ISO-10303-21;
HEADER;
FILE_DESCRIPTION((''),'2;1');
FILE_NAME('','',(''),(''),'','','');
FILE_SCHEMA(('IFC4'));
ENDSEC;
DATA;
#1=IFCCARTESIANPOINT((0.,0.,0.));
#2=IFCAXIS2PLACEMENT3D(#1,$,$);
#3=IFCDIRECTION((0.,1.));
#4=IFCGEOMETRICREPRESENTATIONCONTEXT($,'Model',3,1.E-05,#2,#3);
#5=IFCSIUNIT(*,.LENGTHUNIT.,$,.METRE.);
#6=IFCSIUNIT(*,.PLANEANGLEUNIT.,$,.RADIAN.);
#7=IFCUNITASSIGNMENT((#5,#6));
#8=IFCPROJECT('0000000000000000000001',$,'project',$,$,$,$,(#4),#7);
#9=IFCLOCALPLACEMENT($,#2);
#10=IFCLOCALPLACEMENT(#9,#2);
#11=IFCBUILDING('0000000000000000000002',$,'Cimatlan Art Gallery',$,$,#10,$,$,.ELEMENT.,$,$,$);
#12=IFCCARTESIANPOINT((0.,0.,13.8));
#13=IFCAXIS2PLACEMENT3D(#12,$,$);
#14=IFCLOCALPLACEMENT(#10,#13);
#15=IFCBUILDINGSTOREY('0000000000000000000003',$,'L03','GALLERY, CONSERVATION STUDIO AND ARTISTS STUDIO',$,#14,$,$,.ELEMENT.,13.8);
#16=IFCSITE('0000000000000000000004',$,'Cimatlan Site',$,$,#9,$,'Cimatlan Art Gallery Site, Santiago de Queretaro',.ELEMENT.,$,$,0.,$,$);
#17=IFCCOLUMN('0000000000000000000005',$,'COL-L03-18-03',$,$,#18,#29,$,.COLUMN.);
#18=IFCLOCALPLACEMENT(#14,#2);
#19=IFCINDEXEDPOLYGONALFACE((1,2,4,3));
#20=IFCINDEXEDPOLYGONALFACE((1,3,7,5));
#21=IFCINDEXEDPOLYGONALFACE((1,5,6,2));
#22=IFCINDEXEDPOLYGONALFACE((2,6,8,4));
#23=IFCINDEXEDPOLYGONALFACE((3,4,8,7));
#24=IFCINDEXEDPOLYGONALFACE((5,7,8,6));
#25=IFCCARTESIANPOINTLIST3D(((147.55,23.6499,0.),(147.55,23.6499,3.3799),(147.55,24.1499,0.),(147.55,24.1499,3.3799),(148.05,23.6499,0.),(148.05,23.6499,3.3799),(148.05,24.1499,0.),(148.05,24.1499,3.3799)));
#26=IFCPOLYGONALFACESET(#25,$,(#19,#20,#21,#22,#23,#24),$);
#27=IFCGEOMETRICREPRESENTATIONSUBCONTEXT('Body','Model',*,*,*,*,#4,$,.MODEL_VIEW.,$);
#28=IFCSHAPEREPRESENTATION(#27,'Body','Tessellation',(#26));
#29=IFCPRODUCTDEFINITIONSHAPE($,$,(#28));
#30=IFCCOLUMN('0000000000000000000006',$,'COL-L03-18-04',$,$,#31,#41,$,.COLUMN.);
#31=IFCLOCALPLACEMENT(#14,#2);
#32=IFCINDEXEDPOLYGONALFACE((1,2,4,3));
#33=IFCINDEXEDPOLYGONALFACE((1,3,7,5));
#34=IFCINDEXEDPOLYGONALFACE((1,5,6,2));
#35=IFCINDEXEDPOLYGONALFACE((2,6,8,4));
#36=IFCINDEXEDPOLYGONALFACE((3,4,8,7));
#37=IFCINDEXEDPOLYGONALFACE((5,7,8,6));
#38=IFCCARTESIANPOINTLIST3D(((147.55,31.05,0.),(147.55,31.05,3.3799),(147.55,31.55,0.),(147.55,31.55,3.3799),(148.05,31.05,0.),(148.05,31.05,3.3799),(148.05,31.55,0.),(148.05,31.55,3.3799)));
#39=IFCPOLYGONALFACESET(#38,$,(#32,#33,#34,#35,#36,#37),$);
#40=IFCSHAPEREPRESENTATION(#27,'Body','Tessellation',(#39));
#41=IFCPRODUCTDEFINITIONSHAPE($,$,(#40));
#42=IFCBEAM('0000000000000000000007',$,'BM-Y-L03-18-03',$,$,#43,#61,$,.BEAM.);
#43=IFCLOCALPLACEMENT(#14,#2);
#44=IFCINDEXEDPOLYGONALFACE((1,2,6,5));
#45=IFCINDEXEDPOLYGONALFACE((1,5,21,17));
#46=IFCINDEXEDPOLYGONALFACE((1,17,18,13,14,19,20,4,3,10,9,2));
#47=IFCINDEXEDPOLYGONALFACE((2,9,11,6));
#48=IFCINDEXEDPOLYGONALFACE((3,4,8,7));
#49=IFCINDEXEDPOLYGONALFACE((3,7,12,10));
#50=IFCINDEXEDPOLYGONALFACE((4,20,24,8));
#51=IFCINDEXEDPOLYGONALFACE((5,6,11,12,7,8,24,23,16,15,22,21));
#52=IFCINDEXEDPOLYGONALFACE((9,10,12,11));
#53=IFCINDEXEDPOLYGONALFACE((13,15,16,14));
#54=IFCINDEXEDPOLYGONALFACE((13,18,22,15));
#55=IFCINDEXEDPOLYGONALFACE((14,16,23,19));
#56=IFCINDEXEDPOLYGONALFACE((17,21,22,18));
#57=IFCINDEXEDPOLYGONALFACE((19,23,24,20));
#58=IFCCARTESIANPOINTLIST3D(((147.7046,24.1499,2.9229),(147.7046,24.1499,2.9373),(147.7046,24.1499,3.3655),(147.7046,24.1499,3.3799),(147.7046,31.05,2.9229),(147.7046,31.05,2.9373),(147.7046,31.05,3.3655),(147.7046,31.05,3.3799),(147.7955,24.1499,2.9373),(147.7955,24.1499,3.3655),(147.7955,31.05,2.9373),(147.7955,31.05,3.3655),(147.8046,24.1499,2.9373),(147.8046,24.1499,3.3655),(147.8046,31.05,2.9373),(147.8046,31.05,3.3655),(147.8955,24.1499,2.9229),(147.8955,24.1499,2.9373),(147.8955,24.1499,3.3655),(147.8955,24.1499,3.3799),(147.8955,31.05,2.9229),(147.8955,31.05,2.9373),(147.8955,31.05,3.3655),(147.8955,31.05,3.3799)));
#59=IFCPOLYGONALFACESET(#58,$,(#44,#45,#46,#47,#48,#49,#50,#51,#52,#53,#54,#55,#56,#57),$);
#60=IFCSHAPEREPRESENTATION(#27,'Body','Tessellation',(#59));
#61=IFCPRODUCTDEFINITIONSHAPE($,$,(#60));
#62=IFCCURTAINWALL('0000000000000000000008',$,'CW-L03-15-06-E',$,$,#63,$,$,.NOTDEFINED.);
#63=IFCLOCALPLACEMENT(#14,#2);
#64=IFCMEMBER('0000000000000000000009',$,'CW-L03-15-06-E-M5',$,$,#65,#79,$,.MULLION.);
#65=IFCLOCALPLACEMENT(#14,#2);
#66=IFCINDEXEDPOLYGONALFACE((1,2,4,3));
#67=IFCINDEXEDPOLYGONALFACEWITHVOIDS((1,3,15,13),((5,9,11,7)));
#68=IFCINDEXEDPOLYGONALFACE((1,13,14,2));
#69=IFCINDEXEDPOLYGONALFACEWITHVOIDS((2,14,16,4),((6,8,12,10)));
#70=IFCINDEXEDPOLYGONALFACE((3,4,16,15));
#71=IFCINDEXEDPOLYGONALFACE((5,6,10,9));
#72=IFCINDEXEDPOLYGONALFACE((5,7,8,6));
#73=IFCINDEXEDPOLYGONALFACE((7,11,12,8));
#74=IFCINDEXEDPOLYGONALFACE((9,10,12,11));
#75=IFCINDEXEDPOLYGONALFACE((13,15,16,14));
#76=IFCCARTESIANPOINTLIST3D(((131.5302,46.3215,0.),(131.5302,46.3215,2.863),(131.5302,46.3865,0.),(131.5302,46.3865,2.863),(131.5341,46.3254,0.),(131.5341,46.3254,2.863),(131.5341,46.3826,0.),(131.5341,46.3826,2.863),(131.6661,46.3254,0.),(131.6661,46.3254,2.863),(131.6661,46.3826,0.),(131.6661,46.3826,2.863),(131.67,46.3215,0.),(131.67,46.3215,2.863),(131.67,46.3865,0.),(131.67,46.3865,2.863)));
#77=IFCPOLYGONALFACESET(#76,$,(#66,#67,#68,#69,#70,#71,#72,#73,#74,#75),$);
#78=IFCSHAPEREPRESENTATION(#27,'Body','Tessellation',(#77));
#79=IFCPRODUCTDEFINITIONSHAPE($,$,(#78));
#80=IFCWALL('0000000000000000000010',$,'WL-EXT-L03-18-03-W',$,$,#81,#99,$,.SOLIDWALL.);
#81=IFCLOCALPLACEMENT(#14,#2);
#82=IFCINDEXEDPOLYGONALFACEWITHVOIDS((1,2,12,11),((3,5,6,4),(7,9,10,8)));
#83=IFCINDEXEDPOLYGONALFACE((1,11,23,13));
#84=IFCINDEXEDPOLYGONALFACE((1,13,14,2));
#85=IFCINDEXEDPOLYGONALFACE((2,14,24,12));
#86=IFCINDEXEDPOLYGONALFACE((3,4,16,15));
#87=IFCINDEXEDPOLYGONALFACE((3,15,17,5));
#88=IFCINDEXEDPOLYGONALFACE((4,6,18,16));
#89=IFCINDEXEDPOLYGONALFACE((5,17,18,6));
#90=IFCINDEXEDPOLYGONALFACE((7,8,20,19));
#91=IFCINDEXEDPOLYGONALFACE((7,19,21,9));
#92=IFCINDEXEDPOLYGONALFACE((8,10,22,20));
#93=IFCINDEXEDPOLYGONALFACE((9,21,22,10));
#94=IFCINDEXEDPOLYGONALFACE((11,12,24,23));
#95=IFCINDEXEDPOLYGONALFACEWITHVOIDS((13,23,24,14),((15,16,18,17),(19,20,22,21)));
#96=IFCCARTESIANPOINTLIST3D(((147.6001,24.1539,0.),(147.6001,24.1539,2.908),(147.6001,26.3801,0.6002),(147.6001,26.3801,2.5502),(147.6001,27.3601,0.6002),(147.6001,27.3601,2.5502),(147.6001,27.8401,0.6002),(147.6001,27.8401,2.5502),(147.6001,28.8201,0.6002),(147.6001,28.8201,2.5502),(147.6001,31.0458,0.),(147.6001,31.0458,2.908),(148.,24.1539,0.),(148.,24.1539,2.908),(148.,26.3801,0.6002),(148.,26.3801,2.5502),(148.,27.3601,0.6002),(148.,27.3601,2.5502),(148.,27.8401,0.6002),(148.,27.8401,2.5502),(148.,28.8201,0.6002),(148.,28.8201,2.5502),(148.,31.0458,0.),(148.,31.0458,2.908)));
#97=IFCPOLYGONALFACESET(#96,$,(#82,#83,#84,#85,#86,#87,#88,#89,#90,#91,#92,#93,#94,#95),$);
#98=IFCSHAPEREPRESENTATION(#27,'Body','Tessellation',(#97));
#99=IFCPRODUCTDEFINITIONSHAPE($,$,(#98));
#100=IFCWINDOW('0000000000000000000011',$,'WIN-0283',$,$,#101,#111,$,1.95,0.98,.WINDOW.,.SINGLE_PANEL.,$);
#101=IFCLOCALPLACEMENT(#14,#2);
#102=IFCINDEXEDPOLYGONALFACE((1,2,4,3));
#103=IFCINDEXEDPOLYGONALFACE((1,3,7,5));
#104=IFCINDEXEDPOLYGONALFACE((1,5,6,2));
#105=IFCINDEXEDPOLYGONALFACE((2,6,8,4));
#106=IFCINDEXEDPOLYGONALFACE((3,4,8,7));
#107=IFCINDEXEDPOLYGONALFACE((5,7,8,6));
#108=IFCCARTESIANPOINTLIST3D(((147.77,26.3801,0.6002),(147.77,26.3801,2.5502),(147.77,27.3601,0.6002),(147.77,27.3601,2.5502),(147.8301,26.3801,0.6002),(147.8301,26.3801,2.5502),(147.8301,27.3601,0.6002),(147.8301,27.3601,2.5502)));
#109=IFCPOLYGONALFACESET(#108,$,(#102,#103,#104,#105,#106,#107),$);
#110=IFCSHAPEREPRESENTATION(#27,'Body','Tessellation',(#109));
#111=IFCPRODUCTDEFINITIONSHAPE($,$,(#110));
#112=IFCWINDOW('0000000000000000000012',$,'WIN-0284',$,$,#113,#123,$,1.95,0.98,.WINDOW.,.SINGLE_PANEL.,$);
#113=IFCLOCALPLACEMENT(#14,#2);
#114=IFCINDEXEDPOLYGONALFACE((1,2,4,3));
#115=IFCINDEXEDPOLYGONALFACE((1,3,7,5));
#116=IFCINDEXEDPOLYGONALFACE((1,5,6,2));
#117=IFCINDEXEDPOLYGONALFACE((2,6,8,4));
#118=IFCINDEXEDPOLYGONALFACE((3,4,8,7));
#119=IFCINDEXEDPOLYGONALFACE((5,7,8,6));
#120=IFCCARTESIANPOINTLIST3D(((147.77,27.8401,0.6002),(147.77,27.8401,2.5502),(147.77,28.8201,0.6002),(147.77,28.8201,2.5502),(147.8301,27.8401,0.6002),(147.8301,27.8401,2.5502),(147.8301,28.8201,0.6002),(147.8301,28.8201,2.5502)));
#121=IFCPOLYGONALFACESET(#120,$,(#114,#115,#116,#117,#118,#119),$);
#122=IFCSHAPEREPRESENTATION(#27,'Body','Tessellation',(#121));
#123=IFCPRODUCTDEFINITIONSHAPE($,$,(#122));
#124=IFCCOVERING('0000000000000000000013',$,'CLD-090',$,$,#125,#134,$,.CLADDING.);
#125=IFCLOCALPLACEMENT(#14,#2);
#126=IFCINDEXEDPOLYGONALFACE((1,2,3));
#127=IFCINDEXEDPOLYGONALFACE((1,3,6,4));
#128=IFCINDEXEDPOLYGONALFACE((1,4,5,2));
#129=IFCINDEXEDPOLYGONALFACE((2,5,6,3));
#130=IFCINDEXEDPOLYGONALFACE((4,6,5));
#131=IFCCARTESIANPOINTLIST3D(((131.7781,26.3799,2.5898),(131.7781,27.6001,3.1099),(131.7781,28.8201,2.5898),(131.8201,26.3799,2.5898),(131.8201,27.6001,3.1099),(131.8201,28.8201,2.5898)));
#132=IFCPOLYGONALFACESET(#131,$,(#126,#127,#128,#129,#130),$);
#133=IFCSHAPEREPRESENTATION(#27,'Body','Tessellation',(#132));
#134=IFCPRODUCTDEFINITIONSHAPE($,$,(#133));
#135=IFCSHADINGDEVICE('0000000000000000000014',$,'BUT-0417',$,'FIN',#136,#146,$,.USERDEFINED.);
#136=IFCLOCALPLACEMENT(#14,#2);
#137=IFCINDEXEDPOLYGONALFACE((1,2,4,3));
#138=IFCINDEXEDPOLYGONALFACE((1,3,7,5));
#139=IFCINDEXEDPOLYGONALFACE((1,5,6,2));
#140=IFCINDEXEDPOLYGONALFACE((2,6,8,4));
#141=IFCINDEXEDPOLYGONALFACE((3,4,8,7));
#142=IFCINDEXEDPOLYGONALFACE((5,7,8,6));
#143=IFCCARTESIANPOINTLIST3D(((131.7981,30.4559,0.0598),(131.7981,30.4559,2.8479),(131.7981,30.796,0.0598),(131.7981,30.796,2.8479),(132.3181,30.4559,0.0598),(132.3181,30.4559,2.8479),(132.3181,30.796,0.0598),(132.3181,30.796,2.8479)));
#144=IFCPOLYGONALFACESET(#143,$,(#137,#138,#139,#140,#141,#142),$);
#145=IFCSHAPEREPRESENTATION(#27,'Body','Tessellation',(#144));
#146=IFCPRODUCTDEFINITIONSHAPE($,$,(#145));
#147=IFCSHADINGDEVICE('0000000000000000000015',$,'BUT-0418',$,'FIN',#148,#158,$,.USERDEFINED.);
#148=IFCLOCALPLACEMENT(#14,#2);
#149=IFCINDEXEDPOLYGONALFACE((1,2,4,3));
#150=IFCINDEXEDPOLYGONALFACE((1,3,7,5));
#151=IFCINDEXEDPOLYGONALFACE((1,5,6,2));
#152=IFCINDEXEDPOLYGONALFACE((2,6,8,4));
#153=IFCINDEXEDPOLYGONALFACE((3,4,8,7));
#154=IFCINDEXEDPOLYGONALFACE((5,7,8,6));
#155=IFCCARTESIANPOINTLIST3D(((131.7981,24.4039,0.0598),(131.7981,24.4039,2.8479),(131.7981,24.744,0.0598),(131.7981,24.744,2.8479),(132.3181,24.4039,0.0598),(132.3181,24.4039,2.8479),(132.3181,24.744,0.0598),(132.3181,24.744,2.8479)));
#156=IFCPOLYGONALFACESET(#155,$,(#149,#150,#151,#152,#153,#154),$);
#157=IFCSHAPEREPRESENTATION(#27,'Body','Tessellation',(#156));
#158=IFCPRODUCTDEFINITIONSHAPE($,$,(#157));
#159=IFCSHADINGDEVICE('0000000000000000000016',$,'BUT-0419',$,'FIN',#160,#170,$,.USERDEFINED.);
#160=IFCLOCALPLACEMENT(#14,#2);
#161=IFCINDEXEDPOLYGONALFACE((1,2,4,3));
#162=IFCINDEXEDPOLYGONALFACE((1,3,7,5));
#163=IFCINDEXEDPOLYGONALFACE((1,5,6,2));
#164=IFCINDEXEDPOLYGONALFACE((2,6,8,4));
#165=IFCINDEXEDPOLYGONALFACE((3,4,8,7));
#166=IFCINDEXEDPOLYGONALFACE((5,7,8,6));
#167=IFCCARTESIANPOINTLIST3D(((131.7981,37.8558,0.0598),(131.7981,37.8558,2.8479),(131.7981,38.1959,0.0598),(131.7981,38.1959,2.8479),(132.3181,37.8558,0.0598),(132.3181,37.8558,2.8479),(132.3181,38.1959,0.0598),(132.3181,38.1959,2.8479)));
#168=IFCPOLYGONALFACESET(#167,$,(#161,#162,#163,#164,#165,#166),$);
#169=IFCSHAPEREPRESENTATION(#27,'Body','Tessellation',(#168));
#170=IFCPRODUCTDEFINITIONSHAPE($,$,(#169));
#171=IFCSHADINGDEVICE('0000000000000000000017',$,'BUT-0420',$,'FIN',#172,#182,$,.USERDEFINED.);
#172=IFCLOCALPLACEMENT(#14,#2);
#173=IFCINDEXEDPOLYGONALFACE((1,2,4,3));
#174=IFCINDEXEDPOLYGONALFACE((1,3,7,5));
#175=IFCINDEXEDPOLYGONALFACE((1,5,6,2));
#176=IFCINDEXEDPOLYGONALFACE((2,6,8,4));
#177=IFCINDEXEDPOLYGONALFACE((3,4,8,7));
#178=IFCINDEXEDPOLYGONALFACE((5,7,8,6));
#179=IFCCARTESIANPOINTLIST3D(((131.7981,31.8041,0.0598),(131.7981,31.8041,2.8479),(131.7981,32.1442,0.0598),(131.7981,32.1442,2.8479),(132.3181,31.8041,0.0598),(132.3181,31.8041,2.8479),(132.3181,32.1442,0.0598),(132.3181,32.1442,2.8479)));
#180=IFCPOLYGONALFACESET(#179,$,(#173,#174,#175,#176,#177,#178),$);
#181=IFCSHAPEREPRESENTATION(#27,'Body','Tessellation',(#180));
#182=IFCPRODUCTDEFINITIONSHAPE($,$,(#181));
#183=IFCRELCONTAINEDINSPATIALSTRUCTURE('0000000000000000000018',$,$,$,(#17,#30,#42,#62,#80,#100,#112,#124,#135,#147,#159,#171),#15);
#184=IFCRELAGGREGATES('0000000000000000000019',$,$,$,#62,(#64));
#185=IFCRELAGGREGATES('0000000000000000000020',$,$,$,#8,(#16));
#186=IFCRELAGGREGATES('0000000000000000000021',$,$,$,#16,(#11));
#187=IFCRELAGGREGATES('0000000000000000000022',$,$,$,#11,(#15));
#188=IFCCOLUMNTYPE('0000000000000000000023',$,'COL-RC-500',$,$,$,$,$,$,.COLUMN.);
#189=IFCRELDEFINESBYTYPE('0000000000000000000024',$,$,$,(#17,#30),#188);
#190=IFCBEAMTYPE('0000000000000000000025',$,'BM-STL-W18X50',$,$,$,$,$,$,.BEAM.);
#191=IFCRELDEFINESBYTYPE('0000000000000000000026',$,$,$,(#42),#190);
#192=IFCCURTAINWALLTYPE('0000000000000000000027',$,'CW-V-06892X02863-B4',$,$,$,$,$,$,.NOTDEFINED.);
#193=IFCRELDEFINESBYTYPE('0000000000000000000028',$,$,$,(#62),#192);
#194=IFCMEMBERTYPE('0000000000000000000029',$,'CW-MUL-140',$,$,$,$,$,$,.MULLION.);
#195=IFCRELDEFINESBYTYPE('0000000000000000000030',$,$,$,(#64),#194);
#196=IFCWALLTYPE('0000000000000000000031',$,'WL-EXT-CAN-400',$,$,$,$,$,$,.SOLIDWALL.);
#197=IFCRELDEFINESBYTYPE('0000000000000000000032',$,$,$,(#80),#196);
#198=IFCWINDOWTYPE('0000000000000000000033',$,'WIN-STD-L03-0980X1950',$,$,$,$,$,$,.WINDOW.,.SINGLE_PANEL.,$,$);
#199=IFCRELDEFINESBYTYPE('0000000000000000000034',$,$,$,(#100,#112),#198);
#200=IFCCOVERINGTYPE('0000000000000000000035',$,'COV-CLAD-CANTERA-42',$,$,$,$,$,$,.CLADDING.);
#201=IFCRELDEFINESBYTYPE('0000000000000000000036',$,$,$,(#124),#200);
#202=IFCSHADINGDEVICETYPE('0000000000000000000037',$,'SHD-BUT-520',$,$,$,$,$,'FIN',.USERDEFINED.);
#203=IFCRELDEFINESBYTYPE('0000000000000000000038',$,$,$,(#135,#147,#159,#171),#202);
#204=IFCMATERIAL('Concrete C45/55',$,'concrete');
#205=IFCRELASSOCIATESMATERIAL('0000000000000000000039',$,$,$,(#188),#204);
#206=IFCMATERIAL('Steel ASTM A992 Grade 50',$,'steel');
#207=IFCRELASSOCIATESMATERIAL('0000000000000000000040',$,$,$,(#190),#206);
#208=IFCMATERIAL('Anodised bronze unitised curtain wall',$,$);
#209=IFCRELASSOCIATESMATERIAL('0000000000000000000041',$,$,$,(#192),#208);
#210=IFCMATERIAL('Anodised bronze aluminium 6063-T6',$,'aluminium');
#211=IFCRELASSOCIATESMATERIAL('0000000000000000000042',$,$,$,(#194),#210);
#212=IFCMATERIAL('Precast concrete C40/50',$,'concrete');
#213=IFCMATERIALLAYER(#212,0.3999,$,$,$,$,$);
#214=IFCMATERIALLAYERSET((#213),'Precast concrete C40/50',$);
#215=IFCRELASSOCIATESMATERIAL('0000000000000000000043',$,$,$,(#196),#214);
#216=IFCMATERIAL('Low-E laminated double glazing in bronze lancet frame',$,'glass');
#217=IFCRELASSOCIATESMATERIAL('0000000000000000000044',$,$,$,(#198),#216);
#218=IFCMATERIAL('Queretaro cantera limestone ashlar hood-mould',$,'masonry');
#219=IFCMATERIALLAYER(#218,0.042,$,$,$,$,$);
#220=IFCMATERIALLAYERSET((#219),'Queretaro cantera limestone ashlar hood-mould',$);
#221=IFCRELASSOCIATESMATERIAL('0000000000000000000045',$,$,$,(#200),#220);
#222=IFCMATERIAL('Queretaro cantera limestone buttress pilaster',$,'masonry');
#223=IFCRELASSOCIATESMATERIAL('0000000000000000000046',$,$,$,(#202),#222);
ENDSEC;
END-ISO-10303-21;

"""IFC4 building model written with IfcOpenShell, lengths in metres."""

from ifc_helpers import new_model, si_unit, direction, frame, frame_2d, origin, origin_2d, place, context, subcontext, project, spatial, polyline, rectangle, hollow_rectangle, i_section, outline, extrude, material, layer, layer_set, material_profile, profile_set, type_object, element, fill, aggregate, save


model = new_model("IFC4")

# Units and contexts
model_context = context("Model", 3, precision=1e-05, world=origin(), true_north=direction((0.0, 1.0)))
body_context = subcontext(model_context, "Body", "Model", "MODEL_VIEW")
ifc_project = project(units=[si_unit("LENGTHUNIT", "METRE"), si_unit("PLANEANGLEUNIT", "RADIAN")], contexts=[model_context])

# Site, building, storey
site_placement = place(None, origin())
site = spatial("IfcSite", under=ifc_project, at=site_placement, Name="Cimatlan Site", LongName="Cimatlan Art Gallery Site, Santiago de Queretaro", CompositionType="ELEMENT", RefElevation=0.0)
building_placement = place(site_placement, origin())
building = spatial("IfcBuilding", under=site, at=building_placement, Name="Cimatlan Art Gallery", CompositionType="ELEMENT")
storey_placement = place(building_placement, frame((0.0, 0.0, 13.8)))
storey = spatial("IfcBuildingStorey", under=building, at=storey_placement, Name="L03", Description="GALLERY, CONSERVATION STUDIO AND ARTISTS STUDIO", CompositionType="ELEMENT", Elevation=13.8)

# Columns
ifc_material_1 = material(Name="Concrete C45/55", Category="concrete")
ifc_material_profile_1 = material_profile(ifc_material_1, rectangle(XDim=0.5, YDim=0.5, at=origin_2d()), Name="RC500X500")
ifc_profile_set_1 = profile_set([ifc_material_profile_1], Name="Concrete C45/55")
column_type = type_object("IfcColumnType", Name="COL-RC-500", PredefinedType="COLUMN", material=ifc_profile_set_1)
for number, where, z_axis, x_axis, name in (
    (1, (147.8, 23.8999, 0.0), (0.0, 0.0, 1.0), (1.0, 0.0, 0.0), "COL-L03-18-03"),
    (2, (147.8, 31.3, 0.0), (0.0, 0.0, 1.0), (1.0, 0.0, 0.0), "COL-L03-18-04"),
):
    element("IfcColumn", number, at=place(storey_placement, frame(where, z_axis=z_axis, x_axis=x_axis)), inside=storey, type_object=column_type, Name=name, PredefinedType="COLUMN", context=body_context, shape_type="SweptSolid", body=[
        extrude(rectangle(XDim=0.5, YDim=0.5, at=origin_2d()), origin(), (0.0, 0.0, 1.0), 3.3799),
    ])

# Beam
ifc_material_2 = material(Name="Steel ASTM A992 Grade 50", Category="steel")
ifc_material_profile_2 = material_profile(ifc_material_2, i_section(OverallWidth=0.1909, OverallDepth=0.457, WebThickness=0.009, FlangeThickness=0.0144, at=origin_2d()), Name="W18X50")
ifc_profile_set_2 = profile_set([ifc_material_profile_2], Name="Steel ASTM A992 Grade 50")
beam_type = type_object("IfcBeamType", Name="BM-STL-W18X50", PredefinedType="BEAM", material=ifc_profile_set_2)
beam_placement = place(storey_placement, frame((147.8, 24.1499, 3.1514), z_axis=(0.0, 1.0, 0.0), x_axis=(-1.0, 0.0, 0.0)))
element("IfcBeam", 3, at=beam_placement, inside=storey, type_object=beam_type, Name="BM-Y-L03-18-03", PredefinedType="BEAM", context=body_context, shape_type="SweptSolid", body=[
    extrude(i_section(OverallWidth=0.1909, OverallDepth=0.457, WebThickness=0.009, FlangeThickness=0.0144, at=origin_2d()), origin(), (0.0, 0.0, 1.0), 6.9001),
])

# Curtain wall, member
ifc_material_3 = material(Name="Anodised bronze unitised curtain wall")
curtain_wall_type = type_object("IfcCurtainWallType", Name="CW-V-06892X02863-B4", PredefinedType="NOTDEFINED", material=ifc_material_3)
curtain_wall_placement = place(storey_placement, origin())
curtain_wall = element("IfcCurtainWall", 4, at=curtain_wall_placement, inside=storey, type_object=curtain_wall_type, Name="CW-L03-15-06-E", PredefinedType="NOTDEFINED")
ifc_material_4 = material(Name="Anodised bronze aluminium 6063-T6", Category="aluminium")
ifc_material_profile_3 = material_profile(ifc_material_4, hollow_rectangle(XDim=0.0649, YDim=0.1399, WallThickness=0.0039, at=origin_2d()), Name="ALU65X140X4")
ifc_profile_set_3 = profile_set([ifc_material_profile_3], Name="Anodised bronze aluminium 6063-T6")
member_type = type_object("IfcMemberType", Name="CW-MUL-140", PredefinedType="MULLION", material=ifc_profile_set_3)
member_placement = place(storey_placement, frame((131.6001, 46.354, 0.0), z_axis=(0.0, 0.0, 1.0), x_axis=(0.0, 1.0, 0.0)))
member = element("IfcMember", 5, at=member_placement, type_object=member_type, Name="CW-L03-15-06-E-M5", PredefinedType="MULLION", context=body_context, shape_type="SweptSolid", body=[
    extrude(hollow_rectangle(XDim=0.0649, YDim=0.1399, WallThickness=0.0039, at=origin_2d()), origin(), (0.0, 0.0, 1.0), 2.863),
])
aggregate(curtain_wall, [member])

# Wall, openings, windows
ifc_material_5 = material(Name="Precast concrete C40/50", Category="concrete")
ifc_layer_1 = layer(ifc_material_5, 0.3999)
ifc_layer_set_1 = layer_set([ifc_layer_1], Name="Precast concrete C40/50")
wall_type = type_object("IfcWallType", Name="WL-EXT-CAN-400", PredefinedType="SOLIDWALL", material=ifc_layer_set_1)
wall_placement = place(storey_placement, frame((147.8, 24.1541, 0.0), z_axis=(0.0, 0.0, 1.0), x_axis=(0.0, 1.0, 0.0)))
wall = element("IfcWall", 6, at=wall_placement, inside=storey, type_object=wall_type, Name="WL-EXT-L03-18-03-W", PredefinedType="SOLIDWALL", context=body_context, shape_type="SweptSolid", body=[
    extrude(rectangle(XDim=6.8918, YDim=0.3999, at=frame_2d((3.4458, 0.0))), origin(), (0.0, 0.0, 1.0), 2.908),
])
opening_1_placement = place(wall_placement, frame((2.2261, 0.0, 0.6001)))
opening_1 = element("IfcOpeningElement", 7, at=opening_1_placement, cuts=wall, PredefinedType="OPENING", context=body_context, shape_type="SweptSolid", body=[
    extrude(rectangle(XDim=0.98, YDim=1.95, at=frame_2d((0.49, 0.9751))), frame((0.0, 0.21, 0.0), z_axis=(0.0, -1.0, 0.0), x_axis=(1.0, 0.0, 0.0)), (0.0, 0.0, 1.0), 0.4199),
])
opening_2_placement = place(wall_placement, frame((3.686, 0.0, 0.6001)))
opening_2 = element("IfcOpeningElement", 8, at=opening_2_placement, cuts=wall, PredefinedType="OPENING", context=body_context, shape_type="SweptSolid", body=[
    extrude(rectangle(XDim=0.98, YDim=1.95, at=frame_2d((0.49, 0.9751))), frame((0.0, 0.21, 0.0), z_axis=(0.0, -1.0, 0.0), x_axis=(1.0, 0.0, 0.0)), (0.0, 0.0, 1.0), 0.4199),
])
ifc_material_6 = material(Name="Low-E laminated double glazing in bronze lancet frame", Category="glass")
window_type = type_object("IfcWindowType", Name="WIN-STD-L03-0980X1950", PartitioningType="SINGLE_PANEL", PredefinedType="WINDOW", material=ifc_material_6)
window_1_placement = place(opening_1_placement, origin())
window_1 = element("IfcWindow", 9, at=window_1_placement, inside=storey, type_object=window_type, Name="WIN-0283", OverallHeight=1.95, OverallWidth=0.98, PartitioningType="SINGLE_PANEL", PredefinedType="WINDOW", context=body_context, shape_type="SweptSolid", body=[
    extrude(rectangle(XDim=0.98, YDim=1.95, at=frame_2d((0.49, 0.9751))), frame((0.0, 0.03, 0.0), z_axis=(0.0, -1.0, 0.0), x_axis=(1.0, 0.0, 0.0)), (0.0, 0.0, 1.0), 0.0601),
])
fill(opening_1, window_1)
window_2_placement = place(opening_2_placement, origin())
window_2 = element("IfcWindow", 10, at=window_2_placement, inside=storey, type_object=window_type, Name="WIN-0284", OverallHeight=1.95, OverallWidth=0.98, PartitioningType="SINGLE_PANEL", PredefinedType="WINDOW", context=body_context, shape_type="SweptSolid", body=[
    extrude(rectangle(XDim=0.98, YDim=1.95, at=frame_2d((0.49, 0.9751))), frame((0.0, 0.03, 0.0), z_axis=(0.0, -1.0, 0.0), x_axis=(1.0, 0.0, 0.0)), (0.0, 0.0, 1.0), 0.0601),
])
fill(opening_2, window_2)

# Covering
ifc_material_7 = material(Name="Queretaro cantera limestone ashlar hood-mould", Category="masonry")
ifc_layer_2 = layer(ifc_material_7, 0.042)
ifc_layer_set_2 = layer_set([ifc_layer_2], Name="Queretaro cantera limestone ashlar hood-mould")
covering_type = type_object("IfcCoveringType", Name="COV-CLAD-CANTERA-42", PredefinedType="CLADDING", material=ifc_layer_set_2)
covering_placement = place(storey_placement, frame((131.7781, 28.8201, 2.5898), z_axis=(-1.0, 0.0, 0.0), x_axis=(0.0, -1.0, 0.0)))
element("IfcCovering", 11, at=covering_placement, inside=storey, type_object=covering_type, Name="CLD-090", PredefinedType="CLADDING", context=body_context, shape_type="SweptSolid", body=[
    extrude(outline(polyline([(0.0, 0.0), (2.4402, 0.0), (1.22, 0.52), (0.0, 0.0)])), origin(), (0.0, 0.0, -1.0), 0.042),
])

# Shading devices
ifc_material_8 = material(Name="Queretaro cantera limestone buttress pilaster", Category="masonry")
shading_device_type_1 = type_object("IfcShadingDeviceType", Name="SHD-BUT-520", ElementType="FIN", PredefinedType="USERDEFINED", material=ifc_material_8)
for number, where, z_axis, x_axis, name in (
    (12, (132.0581, 30.626, 0.0598), (0.0, 0.0, 1.0), (0.0, -1.0, 0.0), "BUT-0417"),
    (13, (132.0581, 24.574, 0.0598), (0.0, 0.0, 1.0), (0.0, -1.0, 0.0), "BUT-0418"),
    (14, (132.0581, 38.0259, 0.0598), (0.0, 0.0, 1.0), (0.0, -1.0, 0.0), "BUT-0419"),
    (15, (132.0581, 31.9741, 0.0598), (0.0, 0.0, 1.0), (0.0, -1.0, 0.0), "BUT-0420"),
):
    element("IfcShadingDevice", number, at=place(storey_placement, frame(where, z_axis=z_axis, x_axis=x_axis)), inside=storey, type_object=shading_device_type_1, Name=name, ObjectType="FIN", PredefinedType="USERDEFINED", context=body_context, shape_type="SweptSolid", body=[
        extrude(rectangle(XDim=0.3401, YDim=0.52, at=origin_2d()), origin(), (0.0, 0.0, 1.0), 2.7881),
    ])

save(model, "model.ifc")
